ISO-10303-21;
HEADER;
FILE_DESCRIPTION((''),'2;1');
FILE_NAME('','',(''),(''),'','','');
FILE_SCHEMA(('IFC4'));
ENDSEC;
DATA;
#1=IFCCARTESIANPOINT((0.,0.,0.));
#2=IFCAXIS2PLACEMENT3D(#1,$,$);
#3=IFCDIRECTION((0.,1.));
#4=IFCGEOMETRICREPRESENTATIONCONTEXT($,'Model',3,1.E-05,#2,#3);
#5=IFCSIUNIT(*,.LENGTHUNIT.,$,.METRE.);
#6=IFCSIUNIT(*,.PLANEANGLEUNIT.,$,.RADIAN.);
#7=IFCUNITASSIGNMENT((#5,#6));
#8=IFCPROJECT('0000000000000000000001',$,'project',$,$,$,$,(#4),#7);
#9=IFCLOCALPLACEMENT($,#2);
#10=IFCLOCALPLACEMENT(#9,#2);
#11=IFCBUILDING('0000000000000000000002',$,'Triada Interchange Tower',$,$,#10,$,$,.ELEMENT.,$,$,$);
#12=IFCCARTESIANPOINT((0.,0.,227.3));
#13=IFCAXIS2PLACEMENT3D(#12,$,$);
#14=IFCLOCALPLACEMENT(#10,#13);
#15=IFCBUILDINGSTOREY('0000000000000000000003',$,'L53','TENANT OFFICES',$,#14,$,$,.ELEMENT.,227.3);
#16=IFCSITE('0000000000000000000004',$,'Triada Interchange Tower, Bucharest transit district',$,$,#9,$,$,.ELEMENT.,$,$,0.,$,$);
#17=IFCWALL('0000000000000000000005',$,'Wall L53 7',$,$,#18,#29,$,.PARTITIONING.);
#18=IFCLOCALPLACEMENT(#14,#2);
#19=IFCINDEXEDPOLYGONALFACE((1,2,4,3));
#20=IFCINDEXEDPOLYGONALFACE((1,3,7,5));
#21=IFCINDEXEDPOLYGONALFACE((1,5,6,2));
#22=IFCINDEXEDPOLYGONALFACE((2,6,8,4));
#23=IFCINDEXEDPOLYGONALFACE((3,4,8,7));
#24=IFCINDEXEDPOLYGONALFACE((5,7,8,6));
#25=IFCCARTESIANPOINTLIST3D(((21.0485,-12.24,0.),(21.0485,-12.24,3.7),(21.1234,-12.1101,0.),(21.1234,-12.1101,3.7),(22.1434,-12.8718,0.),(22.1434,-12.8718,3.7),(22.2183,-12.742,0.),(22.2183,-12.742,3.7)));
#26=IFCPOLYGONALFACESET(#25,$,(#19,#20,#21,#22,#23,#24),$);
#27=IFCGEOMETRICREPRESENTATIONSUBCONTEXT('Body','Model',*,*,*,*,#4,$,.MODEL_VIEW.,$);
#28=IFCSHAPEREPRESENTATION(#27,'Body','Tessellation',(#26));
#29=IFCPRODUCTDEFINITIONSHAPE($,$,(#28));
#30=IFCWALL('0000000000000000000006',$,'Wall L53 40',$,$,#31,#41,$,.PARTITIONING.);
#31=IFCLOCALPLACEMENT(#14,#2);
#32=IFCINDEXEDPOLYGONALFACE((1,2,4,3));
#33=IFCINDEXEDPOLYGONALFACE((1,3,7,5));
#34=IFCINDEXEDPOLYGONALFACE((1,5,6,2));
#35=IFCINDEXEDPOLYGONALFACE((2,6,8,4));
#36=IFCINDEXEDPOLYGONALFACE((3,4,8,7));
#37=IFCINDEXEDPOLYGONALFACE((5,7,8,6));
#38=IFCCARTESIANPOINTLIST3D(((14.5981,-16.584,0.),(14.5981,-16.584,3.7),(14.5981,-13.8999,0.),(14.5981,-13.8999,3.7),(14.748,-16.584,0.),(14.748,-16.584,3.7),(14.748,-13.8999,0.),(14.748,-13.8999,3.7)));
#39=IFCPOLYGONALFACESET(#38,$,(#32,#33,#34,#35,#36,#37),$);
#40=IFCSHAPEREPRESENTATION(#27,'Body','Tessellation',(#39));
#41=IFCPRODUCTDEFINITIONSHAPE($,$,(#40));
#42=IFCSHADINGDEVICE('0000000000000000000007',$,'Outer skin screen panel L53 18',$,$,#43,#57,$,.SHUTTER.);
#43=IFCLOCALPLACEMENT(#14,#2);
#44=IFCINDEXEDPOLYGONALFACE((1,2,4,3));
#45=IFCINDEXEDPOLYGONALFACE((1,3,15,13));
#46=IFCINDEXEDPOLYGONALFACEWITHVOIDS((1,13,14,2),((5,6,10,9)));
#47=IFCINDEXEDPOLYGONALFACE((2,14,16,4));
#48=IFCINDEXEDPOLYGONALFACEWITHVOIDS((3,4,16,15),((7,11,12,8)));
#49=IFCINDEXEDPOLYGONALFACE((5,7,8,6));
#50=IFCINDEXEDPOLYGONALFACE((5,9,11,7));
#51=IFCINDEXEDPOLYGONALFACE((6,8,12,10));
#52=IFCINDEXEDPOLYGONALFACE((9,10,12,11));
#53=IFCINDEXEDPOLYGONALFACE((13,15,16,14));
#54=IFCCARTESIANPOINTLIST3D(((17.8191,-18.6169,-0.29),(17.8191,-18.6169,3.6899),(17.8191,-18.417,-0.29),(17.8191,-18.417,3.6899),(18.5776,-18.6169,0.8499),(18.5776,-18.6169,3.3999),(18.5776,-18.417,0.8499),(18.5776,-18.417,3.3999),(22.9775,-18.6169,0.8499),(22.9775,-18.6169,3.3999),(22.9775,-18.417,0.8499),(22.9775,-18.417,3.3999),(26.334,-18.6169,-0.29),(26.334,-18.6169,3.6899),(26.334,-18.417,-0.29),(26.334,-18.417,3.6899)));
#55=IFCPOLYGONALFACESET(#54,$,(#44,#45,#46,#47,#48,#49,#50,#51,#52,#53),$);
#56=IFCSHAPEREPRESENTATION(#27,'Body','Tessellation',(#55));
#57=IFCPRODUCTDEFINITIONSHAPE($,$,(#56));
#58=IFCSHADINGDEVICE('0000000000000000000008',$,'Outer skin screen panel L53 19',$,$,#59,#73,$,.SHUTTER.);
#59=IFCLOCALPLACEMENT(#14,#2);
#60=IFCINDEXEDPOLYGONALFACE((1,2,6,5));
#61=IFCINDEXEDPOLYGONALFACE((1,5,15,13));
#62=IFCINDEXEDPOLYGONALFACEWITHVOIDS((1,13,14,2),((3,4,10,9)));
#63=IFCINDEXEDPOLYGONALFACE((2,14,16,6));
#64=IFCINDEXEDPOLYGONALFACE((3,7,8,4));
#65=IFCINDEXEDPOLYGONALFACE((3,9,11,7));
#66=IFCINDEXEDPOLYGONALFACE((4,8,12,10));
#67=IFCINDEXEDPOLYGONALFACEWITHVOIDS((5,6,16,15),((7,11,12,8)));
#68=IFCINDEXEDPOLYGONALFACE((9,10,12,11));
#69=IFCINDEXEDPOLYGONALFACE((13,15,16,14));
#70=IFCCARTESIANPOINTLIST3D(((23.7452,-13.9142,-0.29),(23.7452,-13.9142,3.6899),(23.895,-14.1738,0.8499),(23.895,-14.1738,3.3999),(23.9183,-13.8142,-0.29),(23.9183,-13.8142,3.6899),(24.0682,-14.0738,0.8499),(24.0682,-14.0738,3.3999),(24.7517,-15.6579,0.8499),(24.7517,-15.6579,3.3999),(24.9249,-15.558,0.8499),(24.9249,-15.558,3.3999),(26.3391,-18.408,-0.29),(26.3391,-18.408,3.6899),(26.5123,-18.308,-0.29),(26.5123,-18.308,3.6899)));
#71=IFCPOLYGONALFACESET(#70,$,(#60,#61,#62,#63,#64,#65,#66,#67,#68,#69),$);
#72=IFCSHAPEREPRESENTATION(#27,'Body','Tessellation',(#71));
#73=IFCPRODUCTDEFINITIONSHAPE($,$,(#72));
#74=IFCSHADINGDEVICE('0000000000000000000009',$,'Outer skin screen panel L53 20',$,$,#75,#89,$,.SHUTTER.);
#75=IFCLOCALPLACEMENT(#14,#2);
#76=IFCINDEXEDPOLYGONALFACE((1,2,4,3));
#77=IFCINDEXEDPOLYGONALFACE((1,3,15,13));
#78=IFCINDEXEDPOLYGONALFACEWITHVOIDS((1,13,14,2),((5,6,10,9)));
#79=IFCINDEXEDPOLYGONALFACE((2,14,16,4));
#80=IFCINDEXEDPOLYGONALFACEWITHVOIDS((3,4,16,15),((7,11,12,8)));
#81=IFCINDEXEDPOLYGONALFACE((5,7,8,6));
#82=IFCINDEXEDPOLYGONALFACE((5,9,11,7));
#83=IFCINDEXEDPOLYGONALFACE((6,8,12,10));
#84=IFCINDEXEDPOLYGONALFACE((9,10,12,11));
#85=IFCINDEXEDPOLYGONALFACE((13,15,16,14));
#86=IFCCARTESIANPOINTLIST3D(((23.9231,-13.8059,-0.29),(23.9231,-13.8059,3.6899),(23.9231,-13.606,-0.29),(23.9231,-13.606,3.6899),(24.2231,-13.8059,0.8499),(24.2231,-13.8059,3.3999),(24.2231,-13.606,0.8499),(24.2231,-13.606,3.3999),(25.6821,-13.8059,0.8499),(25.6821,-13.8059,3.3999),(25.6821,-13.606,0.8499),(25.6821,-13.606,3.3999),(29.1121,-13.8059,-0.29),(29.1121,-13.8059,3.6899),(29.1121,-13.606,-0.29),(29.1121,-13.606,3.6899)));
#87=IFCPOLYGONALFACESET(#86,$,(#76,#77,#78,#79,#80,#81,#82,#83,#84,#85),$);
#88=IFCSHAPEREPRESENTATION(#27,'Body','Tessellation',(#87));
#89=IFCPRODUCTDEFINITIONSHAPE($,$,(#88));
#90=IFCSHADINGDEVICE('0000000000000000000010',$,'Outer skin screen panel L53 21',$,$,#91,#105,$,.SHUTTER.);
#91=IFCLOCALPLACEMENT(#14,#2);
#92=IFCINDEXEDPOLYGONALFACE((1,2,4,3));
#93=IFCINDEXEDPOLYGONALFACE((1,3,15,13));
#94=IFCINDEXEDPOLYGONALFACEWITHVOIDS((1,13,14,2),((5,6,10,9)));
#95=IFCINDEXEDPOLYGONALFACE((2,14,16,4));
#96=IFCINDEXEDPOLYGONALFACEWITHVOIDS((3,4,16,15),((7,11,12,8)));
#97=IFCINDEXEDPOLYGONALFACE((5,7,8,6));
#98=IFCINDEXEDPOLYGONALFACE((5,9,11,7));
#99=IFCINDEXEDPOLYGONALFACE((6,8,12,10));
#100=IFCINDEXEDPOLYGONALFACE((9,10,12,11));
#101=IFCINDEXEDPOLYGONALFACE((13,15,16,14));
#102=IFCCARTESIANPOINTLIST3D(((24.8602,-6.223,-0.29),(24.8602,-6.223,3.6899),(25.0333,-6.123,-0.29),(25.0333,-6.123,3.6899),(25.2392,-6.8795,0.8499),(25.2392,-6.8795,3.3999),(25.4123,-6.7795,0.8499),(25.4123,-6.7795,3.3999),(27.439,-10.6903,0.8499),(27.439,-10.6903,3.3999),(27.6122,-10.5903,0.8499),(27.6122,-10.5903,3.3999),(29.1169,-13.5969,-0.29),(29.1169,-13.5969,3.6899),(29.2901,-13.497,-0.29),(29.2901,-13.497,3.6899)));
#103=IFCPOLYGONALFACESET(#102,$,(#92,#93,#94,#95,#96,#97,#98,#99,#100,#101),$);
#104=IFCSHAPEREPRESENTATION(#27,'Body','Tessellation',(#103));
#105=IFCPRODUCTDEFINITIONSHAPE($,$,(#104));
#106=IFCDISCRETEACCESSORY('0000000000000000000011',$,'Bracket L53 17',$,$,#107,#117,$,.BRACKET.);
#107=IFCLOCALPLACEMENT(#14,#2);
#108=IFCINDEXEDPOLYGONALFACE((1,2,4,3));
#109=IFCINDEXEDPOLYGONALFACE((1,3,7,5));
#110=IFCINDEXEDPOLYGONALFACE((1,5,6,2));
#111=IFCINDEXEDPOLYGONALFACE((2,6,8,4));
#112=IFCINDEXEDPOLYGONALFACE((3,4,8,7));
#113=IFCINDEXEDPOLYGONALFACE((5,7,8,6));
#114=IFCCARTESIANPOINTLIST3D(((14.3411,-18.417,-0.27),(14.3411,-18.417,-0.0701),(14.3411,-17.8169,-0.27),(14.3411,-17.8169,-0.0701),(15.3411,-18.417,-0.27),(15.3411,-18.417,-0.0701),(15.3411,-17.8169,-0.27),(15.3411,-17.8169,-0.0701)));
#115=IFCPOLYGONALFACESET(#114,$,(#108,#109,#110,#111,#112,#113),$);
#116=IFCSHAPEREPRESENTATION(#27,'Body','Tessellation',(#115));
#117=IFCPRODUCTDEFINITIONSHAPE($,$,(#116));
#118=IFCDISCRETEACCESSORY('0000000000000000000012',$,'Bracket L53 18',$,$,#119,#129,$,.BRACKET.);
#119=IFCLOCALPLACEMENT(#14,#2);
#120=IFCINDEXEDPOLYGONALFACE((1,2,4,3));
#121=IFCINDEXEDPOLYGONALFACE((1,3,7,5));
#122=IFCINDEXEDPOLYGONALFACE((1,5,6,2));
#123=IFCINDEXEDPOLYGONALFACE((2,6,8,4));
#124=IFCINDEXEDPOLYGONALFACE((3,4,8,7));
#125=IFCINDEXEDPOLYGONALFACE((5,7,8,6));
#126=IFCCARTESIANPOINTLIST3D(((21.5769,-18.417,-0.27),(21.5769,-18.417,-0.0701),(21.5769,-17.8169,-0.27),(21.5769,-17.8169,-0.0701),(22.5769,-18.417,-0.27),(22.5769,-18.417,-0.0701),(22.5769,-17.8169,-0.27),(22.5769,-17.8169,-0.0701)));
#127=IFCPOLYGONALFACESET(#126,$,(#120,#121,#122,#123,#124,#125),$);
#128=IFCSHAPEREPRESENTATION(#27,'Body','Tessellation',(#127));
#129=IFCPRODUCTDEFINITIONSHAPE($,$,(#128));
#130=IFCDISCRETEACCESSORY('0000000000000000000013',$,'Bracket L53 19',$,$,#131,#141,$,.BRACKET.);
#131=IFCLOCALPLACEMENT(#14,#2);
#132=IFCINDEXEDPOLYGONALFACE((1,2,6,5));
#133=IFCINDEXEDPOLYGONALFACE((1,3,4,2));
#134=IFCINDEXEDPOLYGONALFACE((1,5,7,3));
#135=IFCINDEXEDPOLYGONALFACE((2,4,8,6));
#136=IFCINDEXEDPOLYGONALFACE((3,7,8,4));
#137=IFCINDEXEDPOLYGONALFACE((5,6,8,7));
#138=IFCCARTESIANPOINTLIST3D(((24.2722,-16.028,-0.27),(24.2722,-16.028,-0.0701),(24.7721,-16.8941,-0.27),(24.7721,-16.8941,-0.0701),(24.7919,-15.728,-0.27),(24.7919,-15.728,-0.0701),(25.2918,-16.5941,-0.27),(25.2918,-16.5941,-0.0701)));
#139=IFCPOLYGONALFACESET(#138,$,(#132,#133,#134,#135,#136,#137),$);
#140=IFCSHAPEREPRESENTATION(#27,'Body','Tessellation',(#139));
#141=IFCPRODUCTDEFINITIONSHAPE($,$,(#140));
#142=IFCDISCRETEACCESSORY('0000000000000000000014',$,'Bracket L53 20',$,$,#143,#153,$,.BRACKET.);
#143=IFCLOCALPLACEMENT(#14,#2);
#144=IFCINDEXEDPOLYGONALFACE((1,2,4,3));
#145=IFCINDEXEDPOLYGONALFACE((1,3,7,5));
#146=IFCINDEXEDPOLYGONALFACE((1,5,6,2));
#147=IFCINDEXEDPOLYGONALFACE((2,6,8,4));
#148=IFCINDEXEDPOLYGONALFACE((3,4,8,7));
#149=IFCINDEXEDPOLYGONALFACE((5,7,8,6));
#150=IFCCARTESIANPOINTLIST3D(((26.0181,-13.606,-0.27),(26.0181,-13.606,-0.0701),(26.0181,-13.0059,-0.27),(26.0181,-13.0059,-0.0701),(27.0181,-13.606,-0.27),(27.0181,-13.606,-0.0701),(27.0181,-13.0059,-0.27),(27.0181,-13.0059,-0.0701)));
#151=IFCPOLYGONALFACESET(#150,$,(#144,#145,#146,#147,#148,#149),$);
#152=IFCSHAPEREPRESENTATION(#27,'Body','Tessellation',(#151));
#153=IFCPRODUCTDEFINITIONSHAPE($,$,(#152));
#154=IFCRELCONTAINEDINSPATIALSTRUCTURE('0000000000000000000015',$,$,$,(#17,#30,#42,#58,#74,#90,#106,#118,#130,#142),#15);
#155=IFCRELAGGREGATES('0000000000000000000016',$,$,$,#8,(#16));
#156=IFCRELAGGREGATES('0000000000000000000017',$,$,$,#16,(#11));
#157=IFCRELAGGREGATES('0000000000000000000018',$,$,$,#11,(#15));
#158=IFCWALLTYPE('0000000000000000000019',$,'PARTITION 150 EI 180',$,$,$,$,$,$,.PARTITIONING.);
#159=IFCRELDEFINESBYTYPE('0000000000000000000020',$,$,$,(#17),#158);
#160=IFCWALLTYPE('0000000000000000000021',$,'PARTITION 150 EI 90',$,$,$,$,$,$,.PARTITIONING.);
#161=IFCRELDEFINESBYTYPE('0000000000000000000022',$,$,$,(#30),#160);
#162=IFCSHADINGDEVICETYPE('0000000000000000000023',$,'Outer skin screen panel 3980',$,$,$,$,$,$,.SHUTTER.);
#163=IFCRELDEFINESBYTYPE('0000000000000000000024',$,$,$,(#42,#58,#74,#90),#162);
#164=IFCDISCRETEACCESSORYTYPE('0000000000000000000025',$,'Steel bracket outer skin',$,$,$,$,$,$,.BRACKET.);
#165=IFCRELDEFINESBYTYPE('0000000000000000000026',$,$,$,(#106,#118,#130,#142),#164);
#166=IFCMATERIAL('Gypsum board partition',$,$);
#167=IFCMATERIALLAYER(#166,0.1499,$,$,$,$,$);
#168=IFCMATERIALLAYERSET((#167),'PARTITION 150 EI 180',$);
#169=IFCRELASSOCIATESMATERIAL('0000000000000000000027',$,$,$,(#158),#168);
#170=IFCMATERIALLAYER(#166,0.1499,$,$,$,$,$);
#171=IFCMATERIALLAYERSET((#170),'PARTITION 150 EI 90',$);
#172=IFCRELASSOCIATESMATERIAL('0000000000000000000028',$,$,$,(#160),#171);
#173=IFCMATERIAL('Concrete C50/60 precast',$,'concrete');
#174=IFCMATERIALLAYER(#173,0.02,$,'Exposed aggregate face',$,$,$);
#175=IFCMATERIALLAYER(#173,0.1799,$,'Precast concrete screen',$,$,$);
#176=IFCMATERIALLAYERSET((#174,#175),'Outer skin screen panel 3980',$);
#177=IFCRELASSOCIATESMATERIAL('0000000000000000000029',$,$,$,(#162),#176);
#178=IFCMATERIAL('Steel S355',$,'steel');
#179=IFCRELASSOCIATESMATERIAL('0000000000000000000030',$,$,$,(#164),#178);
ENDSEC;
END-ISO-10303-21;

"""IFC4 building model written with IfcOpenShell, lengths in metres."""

from ifc_helpers import new_model, si_unit, direction, frame, frame_2d, origin, origin_2d, place, context, subcontext, project, spatial, polyline, rectangle, outline, extrude, material, layer, layer_set, type_object, element, save


model = new_model("IFC4")

# Units and contexts
model_context = context("Model", 3, precision=1e-05, world=origin(), true_north=direction((0.0, 1.0)))
body_context = subcontext(model_context, "Body", "Model", "MODEL_VIEW")
ifc_project = project(units=[si_unit("LENGTHUNIT", "METRE"), si_unit("PLANEANGLEUNIT", "RADIAN")], contexts=[model_context])

# Site, building, storey
site_placement = place(None, origin())
site = spatial("IfcSite", under=ifc_project, at=site_placement, Name="Triada Interchange Tower, Bucharest transit district", CompositionType="ELEMENT", RefElevation=0.0)
building_placement = place(site_placement, origin())
building = spatial("IfcBuilding", under=site, at=building_placement, Name="Triada Interchange Tower", CompositionType="ELEMENT")
storey_placement = place(building_placement, frame((0.0, 0.0, 227.3)))
storey = spatial("IfcBuildingStorey", under=building, at=storey_placement, Name="L53", Description="TENANT OFFICES", CompositionType="ELEMENT", Elevation=227.3)

# Walls
ifc_material_1 = material(Name="Gypsum board partition")
ifc_layer_1 = layer(ifc_material_1, 0.1499)
ifc_layer_set_1 = layer_set([ifc_layer_1], Name="PARTITION 150 EI 180")
wall_type_1 = type_object("IfcWallType", Name="PARTITION 150 EI 180", PredefinedType="PARTITIONING", material=ifc_layer_set_1)
wall_1_placement = place(storey_placement, frame((21.0859, -12.175, 0.0), z_axis=(0.0, 0.0, 1.0), x_axis=(0.866144, -0.499795, 0.0)))
element("IfcWall", 1, at=wall_1_placement, inside=storey, type_object=wall_type_1, Name="Wall L53 7", PredefinedType="PARTITIONING", context=body_context, shape_type="SweptSolid", body=[
    extrude(rectangle(XDim=1.2642, YDim=0.1499, at=frame_2d((0.6321, 0.0))), origin(), (0.0, 0.0, 1.0), 3.7),
])
ifc_layer_2 = layer(ifc_material_1, 0.1499)
ifc_layer_set_2 = layer_set([ifc_layer_2], Name="PARTITION 150 EI 90")
wall_type_2 = type_object("IfcWallType", Name="PARTITION 150 EI 90", PredefinedType="PARTITIONING", material=ifc_layer_set_2)
wall_2_placement = place(storey_placement, frame((14.6731, -16.584, 0.0), z_axis=(0.0, 0.0, 1.0), x_axis=(0.0, 1.0, 0.0)))
element("IfcWall", 2, at=wall_2_placement, inside=storey, type_object=wall_type_2, Name="Wall L53 40", PredefinedType="PARTITIONING", context=body_context, shape_type="SweptSolid", body=[
    extrude(rectangle(XDim=2.6841, YDim=0.1499, at=frame_2d((1.342, 0.0))), origin(), (0.0, 0.0, 1.0), 3.7),
])

# Shading devices
ifc_material_2 = material(Name="Concrete C50/60 precast", Category="concrete")
ifc_layer_3 = layer(ifc_material_2, 0.02, Name="Exposed aggregate face")
ifc_layer_4 = layer(ifc_material_2, 0.1799, Name="Precast concrete screen")
ifc_layer_set_3 = layer_set([ifc_layer_3, ifc_layer_4], Name="Outer skin screen panel 3980")
shading_device_type = type_object("IfcShadingDeviceType", Name="Outer skin screen panel 3980", PredefinedType="SHUTTER", material=ifc_layer_set_3)
shading_device_1_placement = place(storey_placement, frame((17.8191, -18.417, -0.29), z_axis=(0.0, 0.0, 1.0), x_axis=(1.0, 0.0, 0.0)))
element("IfcShadingDevice", 3, at=shading_device_1_placement, inside=storey, type_object=shading_device_type, Name="Outer skin screen panel L53 18", PredefinedType="SHUTTER", context=body_context, shape_type="SweptSolid", body=[
    extrude(outline(polyline([(0.0, 0.0), (8.5149, 0.0), (8.5149, 3.98), (0.0, 3.98), (0.0, 0.0)]), holes=[polyline([(0.7585, 1.1399), (0.7585, 3.6899), (5.1584, 3.6899), (5.1584, 1.1399), (0.7585, 1.1399)])]), frame((0.0, 0.0, 0.0), z_axis=(0.0, -1.0, 0.0), x_axis=(1.0, 0.0, 0.0)), (0.0, 0.0, 1.0), 0.2),
])
shading_device_2_placement = place(storey_placement, frame((26.3391, -18.408, -0.29), z_axis=(0.0, 0.0, 1.0), x_axis=(-0.499919, 0.866072, 0.0)))
element("IfcShadingDevice", 4, at=shading_device_2_placement, inside=storey, type_object=shading_device_type, Name="Outer skin screen panel L53 19", PredefinedType="SHUTTER", context=body_context, shape_type="SweptSolid", body=[
    extrude(outline(polyline([(0.0, 0.0), (5.1887, 0.0), (5.1887, 3.98), (0.0, 3.98), (0.0, 0.0)]), holes=[polyline([(3.1753, 1.1399), (3.1753, 3.6899), (4.8889, 3.6899), (4.8889, 1.1399), (3.1753, 1.1399)])]), frame((0.0, 0.0, 0.0), z_axis=(0.0, -1.0, 0.0), x_axis=(1.0, 0.0, 0.0)), (0.0, 0.0, 1.0), 0.2),
])
shading_device_3_placement = place(storey_placement, frame((23.9231, -13.606, -0.29), z_axis=(0.0, 0.0, 1.0), x_axis=(1.0, 0.0, 0.0)))
element("IfcShadingDevice", 5, at=shading_device_3_placement, inside=storey, type_object=shading_device_type, Name="Outer skin screen panel L53 20", PredefinedType="SHUTTER", context=body_context, shape_type="SweptSolid", body=[
    extrude(outline(polyline([(0.0, 0.0), (5.189, 0.0), (5.189, 3.98), (0.0, 3.98), (0.0, 0.0)]), holes=[polyline([(0.3, 1.1399), (0.3, 3.6899), (1.759, 3.6899), (1.759, 1.1399), (0.3, 1.1399)])]), frame((0.0, 0.0, 0.0), z_axis=(0.0, -1.0, 0.0), x_axis=(1.0, 0.0, 0.0)), (0.0, 0.0, 1.0), 0.2),
])
shading_device_4_placement = place(storey_placement, frame((29.1169, -13.5969, -0.29), z_axis=(0.0, 0.0, 1.0), x_axis=(-0.499951, 0.866054, 0.0)))
element("IfcShadingDevice", 6, at=shading_device_4_placement, inside=storey, type_object=shading_device_type, Name="Outer skin screen panel L53 21", PredefinedType="SHUTTER", context=body_context, shape_type="SweptSolid", body=[
    extrude(outline(polyline([(0.0, 0.0), (8.5144, 0.0), (8.5144, 3.98), (0.0, 3.98), (0.0, 0.0)]), holes=[polyline([(3.3562, 1.1399), (3.3562, 3.6899), (7.7563, 3.6899), (7.7563, 1.1399), (3.3562, 1.1399)])]), frame((0.0, 0.0, 0.0), z_axis=(0.0, -1.0, 0.0), x_axis=(1.0, 0.0, 0.0)), (0.0, 0.0, 1.0), 0.2),
])

# Discrete accessories
ifc_material_3 = material(Name="Steel S355", Category="steel")
discrete_accessory_type = type_object("IfcDiscreteAccessoryType", Name="Steel bracket outer skin", PredefinedType="BRACKET", material=ifc_material_3)
for number, where, z_axis, x_axis, name in (
    (7, (14.8411, -18.1169, -0.27), (0.0, 0.0, 1.0), (0.0, -1.0, 0.0), "Bracket L53 17"),
    (8, (22.0769, -18.1169, -0.27), (0.0, 0.0, 1.0), (0.0, -1.0, 0.0), "Bracket L53 18"),
    (9, (24.782, -16.311, -0.27), (0.0, 0.0, 1.0), (0.866075, 0.499915, 0.0), "Bracket L53 19"),
    (10, (26.5181, -13.3059, -0.27), (0.0, 0.0, 1.0), (0.0, -1.0, 0.0), "Bracket L53 20"),
):
    element("IfcDiscreteAccessory", number, at=place(storey_placement, frame(where, z_axis=z_axis, x_axis=x_axis)), inside=storey, type_object=discrete_accessory_type, Name=name, PredefinedType="BRACKET", context=body_context, shape_type="SweptSolid", body=[
        extrude(rectangle(XDim=0.6001, YDim=1.0, at=origin_2d()), origin(), (0.0, 0.0, 1.0), 0.2),
    ])

save(model, "model.ifc")
